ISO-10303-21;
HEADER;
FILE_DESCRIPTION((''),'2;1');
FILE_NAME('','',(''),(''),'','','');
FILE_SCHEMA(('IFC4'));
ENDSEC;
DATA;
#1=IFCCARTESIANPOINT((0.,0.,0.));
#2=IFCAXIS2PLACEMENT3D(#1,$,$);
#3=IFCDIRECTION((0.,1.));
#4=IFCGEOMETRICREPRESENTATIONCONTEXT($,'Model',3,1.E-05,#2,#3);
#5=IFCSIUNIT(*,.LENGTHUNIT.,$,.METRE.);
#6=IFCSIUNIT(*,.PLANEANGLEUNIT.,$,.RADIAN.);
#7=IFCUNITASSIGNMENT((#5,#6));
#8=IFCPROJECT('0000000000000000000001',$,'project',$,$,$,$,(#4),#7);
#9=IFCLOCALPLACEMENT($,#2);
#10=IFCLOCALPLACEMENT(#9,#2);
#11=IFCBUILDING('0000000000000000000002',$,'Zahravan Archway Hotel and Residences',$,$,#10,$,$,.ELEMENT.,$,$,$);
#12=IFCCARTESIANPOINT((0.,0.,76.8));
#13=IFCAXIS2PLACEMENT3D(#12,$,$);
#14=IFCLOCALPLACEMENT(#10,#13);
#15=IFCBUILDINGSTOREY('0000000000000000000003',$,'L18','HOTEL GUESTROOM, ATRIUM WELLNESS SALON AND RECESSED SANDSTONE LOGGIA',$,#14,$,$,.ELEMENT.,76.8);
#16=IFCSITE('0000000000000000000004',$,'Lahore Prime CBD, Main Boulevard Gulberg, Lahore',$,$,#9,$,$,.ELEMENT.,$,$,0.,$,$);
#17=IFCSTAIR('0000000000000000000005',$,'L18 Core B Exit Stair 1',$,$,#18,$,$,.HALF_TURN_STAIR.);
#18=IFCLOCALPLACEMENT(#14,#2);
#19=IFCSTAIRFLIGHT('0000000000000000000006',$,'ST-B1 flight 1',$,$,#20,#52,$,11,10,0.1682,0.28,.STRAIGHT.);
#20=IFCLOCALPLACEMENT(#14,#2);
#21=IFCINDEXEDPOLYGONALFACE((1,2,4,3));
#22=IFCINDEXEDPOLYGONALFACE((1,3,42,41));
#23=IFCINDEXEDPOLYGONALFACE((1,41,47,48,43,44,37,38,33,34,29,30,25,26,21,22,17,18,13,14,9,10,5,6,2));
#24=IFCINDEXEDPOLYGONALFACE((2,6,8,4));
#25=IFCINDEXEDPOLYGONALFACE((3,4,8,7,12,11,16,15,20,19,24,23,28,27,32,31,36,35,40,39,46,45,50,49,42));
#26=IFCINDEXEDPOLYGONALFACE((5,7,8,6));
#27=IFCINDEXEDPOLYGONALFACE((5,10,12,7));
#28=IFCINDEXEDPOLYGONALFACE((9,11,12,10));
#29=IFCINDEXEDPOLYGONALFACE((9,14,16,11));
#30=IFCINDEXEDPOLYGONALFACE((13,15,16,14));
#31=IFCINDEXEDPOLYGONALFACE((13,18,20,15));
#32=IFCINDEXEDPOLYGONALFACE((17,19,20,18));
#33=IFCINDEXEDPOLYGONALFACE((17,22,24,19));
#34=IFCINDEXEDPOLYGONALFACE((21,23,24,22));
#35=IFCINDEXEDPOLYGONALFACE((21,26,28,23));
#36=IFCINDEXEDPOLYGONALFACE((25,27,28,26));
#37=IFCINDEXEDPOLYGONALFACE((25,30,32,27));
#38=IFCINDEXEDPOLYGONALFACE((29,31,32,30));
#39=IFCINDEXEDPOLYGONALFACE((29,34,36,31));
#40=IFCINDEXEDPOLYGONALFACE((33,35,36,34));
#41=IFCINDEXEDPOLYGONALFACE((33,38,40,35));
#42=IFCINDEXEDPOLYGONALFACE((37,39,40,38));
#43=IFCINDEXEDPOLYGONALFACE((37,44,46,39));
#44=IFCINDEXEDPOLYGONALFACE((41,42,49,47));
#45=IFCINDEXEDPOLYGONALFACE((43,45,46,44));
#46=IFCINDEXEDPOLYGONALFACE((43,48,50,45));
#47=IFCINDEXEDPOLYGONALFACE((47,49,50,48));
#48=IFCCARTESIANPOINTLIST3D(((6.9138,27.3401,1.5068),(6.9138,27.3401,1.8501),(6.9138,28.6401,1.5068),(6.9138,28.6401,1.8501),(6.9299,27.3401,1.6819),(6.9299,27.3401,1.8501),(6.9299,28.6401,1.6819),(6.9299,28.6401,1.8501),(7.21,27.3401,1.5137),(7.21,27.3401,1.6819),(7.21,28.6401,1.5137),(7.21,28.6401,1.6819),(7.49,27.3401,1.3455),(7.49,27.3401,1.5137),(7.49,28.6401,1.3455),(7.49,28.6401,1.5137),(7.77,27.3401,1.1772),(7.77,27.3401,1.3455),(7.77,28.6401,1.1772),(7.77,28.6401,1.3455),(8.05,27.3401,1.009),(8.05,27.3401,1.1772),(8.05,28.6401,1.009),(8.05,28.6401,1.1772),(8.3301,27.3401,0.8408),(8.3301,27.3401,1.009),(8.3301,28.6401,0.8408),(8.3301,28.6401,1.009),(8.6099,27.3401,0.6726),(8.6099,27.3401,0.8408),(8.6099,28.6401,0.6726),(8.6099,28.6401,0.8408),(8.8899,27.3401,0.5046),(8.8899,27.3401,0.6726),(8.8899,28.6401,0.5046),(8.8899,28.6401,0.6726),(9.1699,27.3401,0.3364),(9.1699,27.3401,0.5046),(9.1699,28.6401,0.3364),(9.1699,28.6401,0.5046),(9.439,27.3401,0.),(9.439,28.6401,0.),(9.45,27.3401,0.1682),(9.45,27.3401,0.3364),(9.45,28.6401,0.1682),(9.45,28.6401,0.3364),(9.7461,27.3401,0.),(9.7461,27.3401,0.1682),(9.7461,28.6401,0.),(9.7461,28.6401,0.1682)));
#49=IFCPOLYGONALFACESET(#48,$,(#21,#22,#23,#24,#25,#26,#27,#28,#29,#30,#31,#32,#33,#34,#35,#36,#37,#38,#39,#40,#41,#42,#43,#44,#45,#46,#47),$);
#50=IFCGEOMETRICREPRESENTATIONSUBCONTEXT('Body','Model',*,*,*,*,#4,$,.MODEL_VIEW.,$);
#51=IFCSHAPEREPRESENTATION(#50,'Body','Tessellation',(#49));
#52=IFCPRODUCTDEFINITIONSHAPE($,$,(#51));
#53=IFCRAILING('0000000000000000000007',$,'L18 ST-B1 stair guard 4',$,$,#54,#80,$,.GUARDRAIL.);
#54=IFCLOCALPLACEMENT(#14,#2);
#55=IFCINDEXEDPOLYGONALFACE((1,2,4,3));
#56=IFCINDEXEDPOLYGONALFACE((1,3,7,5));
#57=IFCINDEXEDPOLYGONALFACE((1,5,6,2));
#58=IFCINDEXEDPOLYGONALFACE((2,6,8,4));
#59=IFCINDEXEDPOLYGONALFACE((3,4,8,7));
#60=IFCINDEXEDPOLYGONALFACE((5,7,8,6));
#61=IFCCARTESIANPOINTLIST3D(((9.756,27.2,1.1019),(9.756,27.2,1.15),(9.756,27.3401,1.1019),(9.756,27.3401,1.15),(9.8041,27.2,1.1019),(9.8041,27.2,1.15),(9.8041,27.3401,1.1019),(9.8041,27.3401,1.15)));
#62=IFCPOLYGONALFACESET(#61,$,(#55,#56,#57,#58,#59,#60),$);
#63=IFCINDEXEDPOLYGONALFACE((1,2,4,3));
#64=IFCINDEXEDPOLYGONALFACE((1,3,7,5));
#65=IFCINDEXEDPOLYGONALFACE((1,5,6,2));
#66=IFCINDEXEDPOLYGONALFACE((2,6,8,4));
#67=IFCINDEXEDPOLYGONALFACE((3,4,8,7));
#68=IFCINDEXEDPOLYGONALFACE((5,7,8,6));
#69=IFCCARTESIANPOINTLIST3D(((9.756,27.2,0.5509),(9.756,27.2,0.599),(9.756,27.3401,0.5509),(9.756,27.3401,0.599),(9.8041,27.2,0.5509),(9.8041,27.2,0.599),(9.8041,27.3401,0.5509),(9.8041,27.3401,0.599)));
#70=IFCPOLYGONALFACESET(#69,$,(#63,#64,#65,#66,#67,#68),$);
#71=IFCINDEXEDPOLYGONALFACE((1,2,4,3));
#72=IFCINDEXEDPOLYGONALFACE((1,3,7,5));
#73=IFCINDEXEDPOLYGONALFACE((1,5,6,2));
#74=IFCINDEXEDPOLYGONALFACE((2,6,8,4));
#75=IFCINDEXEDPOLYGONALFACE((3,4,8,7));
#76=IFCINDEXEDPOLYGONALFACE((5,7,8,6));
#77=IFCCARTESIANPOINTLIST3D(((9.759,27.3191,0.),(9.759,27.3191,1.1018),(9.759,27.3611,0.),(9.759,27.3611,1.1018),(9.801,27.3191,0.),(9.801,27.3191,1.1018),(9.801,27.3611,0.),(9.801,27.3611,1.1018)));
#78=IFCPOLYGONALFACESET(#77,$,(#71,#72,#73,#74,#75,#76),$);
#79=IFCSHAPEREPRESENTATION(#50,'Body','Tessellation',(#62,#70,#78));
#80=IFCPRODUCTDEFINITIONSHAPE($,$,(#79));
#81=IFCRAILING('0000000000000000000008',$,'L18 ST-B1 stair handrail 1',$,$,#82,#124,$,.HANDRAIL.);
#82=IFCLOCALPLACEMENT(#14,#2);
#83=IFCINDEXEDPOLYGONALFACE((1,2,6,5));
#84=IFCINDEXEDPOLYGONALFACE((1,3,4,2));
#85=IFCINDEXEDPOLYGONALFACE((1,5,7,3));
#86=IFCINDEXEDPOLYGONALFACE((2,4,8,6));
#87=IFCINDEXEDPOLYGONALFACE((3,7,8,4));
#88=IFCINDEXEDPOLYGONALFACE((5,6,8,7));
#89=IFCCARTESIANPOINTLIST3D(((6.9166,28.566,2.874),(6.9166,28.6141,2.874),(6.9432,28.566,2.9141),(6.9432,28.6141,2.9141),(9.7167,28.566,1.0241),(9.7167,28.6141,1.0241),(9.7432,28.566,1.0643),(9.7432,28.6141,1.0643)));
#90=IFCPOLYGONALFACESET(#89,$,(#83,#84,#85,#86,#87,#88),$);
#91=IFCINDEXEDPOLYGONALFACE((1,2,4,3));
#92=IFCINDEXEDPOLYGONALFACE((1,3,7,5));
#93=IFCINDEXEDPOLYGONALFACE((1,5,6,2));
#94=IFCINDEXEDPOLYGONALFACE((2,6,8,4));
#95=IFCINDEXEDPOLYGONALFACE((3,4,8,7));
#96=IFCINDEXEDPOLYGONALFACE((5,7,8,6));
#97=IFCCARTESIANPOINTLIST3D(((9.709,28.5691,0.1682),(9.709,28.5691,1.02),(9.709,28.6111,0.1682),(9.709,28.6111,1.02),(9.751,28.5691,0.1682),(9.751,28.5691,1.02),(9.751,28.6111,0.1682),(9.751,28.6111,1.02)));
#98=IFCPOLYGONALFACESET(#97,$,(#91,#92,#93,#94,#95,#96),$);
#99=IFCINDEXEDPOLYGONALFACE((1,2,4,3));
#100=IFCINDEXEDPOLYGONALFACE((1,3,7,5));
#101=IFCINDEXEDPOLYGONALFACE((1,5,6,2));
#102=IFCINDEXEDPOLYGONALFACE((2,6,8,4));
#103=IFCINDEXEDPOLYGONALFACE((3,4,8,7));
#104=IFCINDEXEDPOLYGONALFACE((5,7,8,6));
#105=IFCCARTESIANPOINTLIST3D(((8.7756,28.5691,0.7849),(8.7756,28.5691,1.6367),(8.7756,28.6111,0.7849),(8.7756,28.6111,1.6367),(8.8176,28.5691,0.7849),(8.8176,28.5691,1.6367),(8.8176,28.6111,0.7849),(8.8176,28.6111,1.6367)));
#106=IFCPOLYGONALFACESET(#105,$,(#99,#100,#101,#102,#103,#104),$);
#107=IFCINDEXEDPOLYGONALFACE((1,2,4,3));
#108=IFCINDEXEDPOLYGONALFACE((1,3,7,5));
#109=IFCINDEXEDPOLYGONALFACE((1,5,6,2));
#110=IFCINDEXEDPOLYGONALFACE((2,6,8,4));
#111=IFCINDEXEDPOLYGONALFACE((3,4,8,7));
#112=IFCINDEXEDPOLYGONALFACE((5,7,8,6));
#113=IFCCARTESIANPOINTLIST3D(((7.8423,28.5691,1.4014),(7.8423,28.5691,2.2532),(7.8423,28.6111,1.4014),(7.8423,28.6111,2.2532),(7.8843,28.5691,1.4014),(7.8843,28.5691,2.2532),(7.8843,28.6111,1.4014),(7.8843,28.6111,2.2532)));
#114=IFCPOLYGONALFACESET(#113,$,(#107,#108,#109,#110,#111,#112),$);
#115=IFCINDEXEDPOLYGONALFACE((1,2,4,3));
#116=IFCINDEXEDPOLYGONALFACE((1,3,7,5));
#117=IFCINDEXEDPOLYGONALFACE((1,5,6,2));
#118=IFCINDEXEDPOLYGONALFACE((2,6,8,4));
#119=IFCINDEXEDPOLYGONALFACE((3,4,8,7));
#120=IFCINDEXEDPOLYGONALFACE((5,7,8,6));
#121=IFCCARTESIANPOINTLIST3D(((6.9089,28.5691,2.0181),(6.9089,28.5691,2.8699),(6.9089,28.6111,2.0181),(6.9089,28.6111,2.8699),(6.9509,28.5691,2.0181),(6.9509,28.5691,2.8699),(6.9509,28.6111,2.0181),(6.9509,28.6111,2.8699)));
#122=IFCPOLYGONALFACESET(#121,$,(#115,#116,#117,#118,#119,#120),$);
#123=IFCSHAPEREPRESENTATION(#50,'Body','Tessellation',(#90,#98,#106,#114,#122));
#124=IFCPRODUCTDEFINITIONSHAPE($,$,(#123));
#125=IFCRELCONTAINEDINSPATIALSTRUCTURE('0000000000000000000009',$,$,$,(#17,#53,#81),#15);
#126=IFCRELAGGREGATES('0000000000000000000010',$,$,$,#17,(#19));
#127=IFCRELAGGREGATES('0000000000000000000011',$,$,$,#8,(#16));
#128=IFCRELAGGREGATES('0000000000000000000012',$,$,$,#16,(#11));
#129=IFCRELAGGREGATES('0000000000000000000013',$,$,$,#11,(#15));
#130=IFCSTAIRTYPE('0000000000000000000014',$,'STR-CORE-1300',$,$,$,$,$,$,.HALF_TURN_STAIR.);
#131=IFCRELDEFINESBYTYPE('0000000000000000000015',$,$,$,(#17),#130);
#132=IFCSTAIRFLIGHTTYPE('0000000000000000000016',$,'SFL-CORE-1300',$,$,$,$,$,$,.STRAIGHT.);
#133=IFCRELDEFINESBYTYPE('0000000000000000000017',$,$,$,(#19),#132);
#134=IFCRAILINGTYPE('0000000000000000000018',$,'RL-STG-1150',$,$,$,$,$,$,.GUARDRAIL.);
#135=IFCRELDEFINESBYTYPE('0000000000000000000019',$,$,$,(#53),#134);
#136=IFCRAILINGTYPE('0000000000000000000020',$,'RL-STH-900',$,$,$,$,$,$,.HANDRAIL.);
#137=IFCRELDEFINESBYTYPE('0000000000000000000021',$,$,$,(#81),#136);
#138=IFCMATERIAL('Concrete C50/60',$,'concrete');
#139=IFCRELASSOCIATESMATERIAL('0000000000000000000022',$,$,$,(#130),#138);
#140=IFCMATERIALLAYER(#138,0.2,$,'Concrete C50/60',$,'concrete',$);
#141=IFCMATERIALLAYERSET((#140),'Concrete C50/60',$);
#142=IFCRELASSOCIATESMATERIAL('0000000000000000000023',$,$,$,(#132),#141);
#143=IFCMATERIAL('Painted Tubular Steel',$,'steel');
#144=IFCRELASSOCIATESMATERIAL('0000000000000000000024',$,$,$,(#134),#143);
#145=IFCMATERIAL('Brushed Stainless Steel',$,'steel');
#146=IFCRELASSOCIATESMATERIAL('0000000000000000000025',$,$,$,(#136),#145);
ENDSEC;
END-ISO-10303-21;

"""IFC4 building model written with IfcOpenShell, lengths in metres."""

from ifc_helpers import new_model, si_unit, direction, frame, origin, origin_2d, place, context, subcontext, project, spatial, polyline, rectangle, outline, extrude, source, transform, mapped, material, layer, layer_set, type_object, element, aggregate, save


model = new_model("IFC4")

# Units and contexts
model_context = context("Model", 3, precision=1e-05, world=origin(), true_north=direction((0.0, 1.0)))
body_context = subcontext(model_context, "Body", "Model", "MODEL_VIEW")
ifc_project = project(units=[si_unit("LENGTHUNIT", "METRE"), si_unit("PLANEANGLEUNIT", "RADIAN")], contexts=[model_context])

# Site, building, storey
site_placement = place(None, origin())
site = spatial("IfcSite", under=ifc_project, at=site_placement, Name="Lahore Prime CBD, Main Boulevard Gulberg, Lahore", CompositionType="ELEMENT", RefElevation=0.0)
building_placement = place(site_placement, origin())
building = spatial("IfcBuilding", under=site, at=building_placement, Name="Zahravan Archway Hotel and Residences", CompositionType="ELEMENT")
storey_placement = place(building_placement, frame((0.0, 0.0, 76.8)))
storey = spatial("IfcBuildingStorey", under=building, at=storey_placement, Name="L18", Description="HOTEL GUESTROOM, ATRIUM WELLNESS SALON AND RECESSED SANDSTONE LOGGIA", CompositionType="ELEMENT", Elevation=76.8)

# Shared definitions
ifc_material_1 = material(Name="Brushed Stainless Steel", Category="steel")

# Shared definitions
ifc_material_2 = material(Name="Concrete C50/60", Category="concrete")

# Stair, stair flight
stair_type = type_object("IfcStairType", Name="STR-CORE-1300", PredefinedType="HALF_TURN_STAIR", material=ifc_material_2)
stair_placement = place(storey_placement, origin())
stair = element("IfcStair", 1, at=stair_placement, inside=storey, type_object=stair_type, Name="L18 Core B Exit Stair 1", PredefinedType="HALF_TURN_STAIR")
ifc_layer_1 = layer(ifc_material_2, 0.2, Name="Concrete C50/60", Category="concrete")
ifc_layer_set_1 = layer_set([ifc_layer_1], Name="Concrete C50/60")
stair_flight_type = type_object("IfcStairFlightType", Name="SFL-CORE-1300", PredefinedType="STRAIGHT", material=ifc_layer_set_1)
shared_shape_1 = source(origin(), body_context, "Body", "SweptSolid", [
    extrude(outline(polyline([(-0.0161, 0.0), (-0.0161, 0.1682), (0.28, 0.1682), (0.28, 0.3364), (0.5601, 0.3364), (0.5601, 0.5046), (0.8401, 0.5046), (0.8401, 0.6726), (1.1201, 0.6726), (1.1201, 0.8408), (1.3999, 0.8408), (1.3999, 1.009), (1.6799, 1.009), (1.6799, 1.1772), (1.96, 1.1772), (1.96, 1.3455), (2.24, 1.3455), (2.24, 1.5137), (2.52, 1.5137), (2.52, 1.6819), (2.8, 1.6819), (2.8, 1.8501), (2.8162, 1.8501), (2.8162, 1.5068), (0.291, 0.0), (-0.0161, 0.0)])), frame((0.0, 0.6499, 0.0), z_axis=(0.0, -1.0, 0.0), x_axis=(1.0, 0.0, 0.0)), (0.0, 0.0, 1.0), 1.3),
])
stair_flight_placement = place(storey_placement, frame((9.73, 27.99, 0.0), z_axis=(0.0, 0.0, 1.0), x_axis=(-1.0, 0.0, 0.0)))
stair_flight = element("IfcStairFlight", 2, at=stair_flight_placement, type_object=stair_flight_type, Name="ST-B1 flight 1", NumberOfRisers=11, NumberOfTreads=10, PredefinedType="STRAIGHT", RiserHeight=0.1682, TreadLength=0.28, context=body_context, shape_type="MappedRepresentation", body=[
    mapped(shared_shape_1, transform((0.0, 0.0, 0.0), scale=1.0)),
])
aggregate(stair, [stair_flight])

# Railings
ifc_material_3 = material(Name="Painted Tubular Steel", Category="steel")
railing_type_1 = type_object("IfcRailingType", Name="RL-STG-1150", PredefinedType="GUARDRAIL", material=ifc_material_3)
railing_1_placement = place(storey_placement, frame((9.78, 27.3401, 0.0)))
element("IfcRailing", 3, at=railing_1_placement, inside=storey, type_object=railing_type_1, Name="L18 ST-B1 stair guard 4", PredefinedType="GUARDRAIL", context=body_context, shape_type="SweptSolid", body=[
    extrude(rectangle(XDim=0.0481, YDim=0.0481, at=origin_2d()), frame((0.0, 0.0, 1.126), z_axis=(0.0, -1.0, 0.0), x_axis=(1.0, 0.0, 0.0)), (0.0, 0.0, 1.0), 0.1401),
    extrude(rectangle(XDim=0.0481, YDim=0.0481, at=origin_2d()), frame((0.0, 0.0, 0.575), z_axis=(0.0, -1.0, 0.0), x_axis=(1.0, 0.0, 0.0)), (0.0, 0.0, 1.0), 0.1401),
    extrude(rectangle(XDim=0.042, YDim=0.042, at=origin_2d()), origin(), (0.0, 0.0, 1.0), 1.1018),
])
railing_type_2 = type_object("IfcRailingType", Name="RL-STH-900", PredefinedType="HANDRAIL", material=ifc_material_1)
railing_2_placement = place(storey_placement, frame((9.73, 28.5901, 0.1682)))
element("IfcRailing", 4, at=railing_2_placement, inside=storey, type_object=railing_type_2, Name="L18 ST-B1 stair handrail 1", PredefinedType="HANDRAIL", context=body_context, shape_type="SweptSolid", body=[
    extrude(rectangle(XDim=0.0481, YDim=0.0481, at=origin_2d()), frame((0.0, 0.0, 0.876), z_axis=(-0.83436, 0.0, 0.55122), x_axis=(0.0, -1.0, 0.0)), (0.0, 0.0, 1.0), 3.356),
    extrude(rectangle(XDim=0.042, YDim=0.042, at=origin_2d()), origin(), (0.0, 0.0, 1.0), 0.8518),
    extrude(rectangle(XDim=0.042, YDim=0.042, at=origin_2d()), frame((-0.9333, 0.0, 0.6167)), (0.0, 0.0, 1.0), 0.8518),
    extrude(rectangle(XDim=0.042, YDim=0.042, at=origin_2d()), frame((-1.8667, 0.0, 1.2332)), (0.0, 0.0, 1.0), 0.8518),
    extrude(rectangle(XDim=0.042, YDim=0.042, at=origin_2d()), frame((-2.8, 0.0, 1.8499)), (0.0, 0.0, 1.0), 0.8518),
])

save(model, "model.ifc")
